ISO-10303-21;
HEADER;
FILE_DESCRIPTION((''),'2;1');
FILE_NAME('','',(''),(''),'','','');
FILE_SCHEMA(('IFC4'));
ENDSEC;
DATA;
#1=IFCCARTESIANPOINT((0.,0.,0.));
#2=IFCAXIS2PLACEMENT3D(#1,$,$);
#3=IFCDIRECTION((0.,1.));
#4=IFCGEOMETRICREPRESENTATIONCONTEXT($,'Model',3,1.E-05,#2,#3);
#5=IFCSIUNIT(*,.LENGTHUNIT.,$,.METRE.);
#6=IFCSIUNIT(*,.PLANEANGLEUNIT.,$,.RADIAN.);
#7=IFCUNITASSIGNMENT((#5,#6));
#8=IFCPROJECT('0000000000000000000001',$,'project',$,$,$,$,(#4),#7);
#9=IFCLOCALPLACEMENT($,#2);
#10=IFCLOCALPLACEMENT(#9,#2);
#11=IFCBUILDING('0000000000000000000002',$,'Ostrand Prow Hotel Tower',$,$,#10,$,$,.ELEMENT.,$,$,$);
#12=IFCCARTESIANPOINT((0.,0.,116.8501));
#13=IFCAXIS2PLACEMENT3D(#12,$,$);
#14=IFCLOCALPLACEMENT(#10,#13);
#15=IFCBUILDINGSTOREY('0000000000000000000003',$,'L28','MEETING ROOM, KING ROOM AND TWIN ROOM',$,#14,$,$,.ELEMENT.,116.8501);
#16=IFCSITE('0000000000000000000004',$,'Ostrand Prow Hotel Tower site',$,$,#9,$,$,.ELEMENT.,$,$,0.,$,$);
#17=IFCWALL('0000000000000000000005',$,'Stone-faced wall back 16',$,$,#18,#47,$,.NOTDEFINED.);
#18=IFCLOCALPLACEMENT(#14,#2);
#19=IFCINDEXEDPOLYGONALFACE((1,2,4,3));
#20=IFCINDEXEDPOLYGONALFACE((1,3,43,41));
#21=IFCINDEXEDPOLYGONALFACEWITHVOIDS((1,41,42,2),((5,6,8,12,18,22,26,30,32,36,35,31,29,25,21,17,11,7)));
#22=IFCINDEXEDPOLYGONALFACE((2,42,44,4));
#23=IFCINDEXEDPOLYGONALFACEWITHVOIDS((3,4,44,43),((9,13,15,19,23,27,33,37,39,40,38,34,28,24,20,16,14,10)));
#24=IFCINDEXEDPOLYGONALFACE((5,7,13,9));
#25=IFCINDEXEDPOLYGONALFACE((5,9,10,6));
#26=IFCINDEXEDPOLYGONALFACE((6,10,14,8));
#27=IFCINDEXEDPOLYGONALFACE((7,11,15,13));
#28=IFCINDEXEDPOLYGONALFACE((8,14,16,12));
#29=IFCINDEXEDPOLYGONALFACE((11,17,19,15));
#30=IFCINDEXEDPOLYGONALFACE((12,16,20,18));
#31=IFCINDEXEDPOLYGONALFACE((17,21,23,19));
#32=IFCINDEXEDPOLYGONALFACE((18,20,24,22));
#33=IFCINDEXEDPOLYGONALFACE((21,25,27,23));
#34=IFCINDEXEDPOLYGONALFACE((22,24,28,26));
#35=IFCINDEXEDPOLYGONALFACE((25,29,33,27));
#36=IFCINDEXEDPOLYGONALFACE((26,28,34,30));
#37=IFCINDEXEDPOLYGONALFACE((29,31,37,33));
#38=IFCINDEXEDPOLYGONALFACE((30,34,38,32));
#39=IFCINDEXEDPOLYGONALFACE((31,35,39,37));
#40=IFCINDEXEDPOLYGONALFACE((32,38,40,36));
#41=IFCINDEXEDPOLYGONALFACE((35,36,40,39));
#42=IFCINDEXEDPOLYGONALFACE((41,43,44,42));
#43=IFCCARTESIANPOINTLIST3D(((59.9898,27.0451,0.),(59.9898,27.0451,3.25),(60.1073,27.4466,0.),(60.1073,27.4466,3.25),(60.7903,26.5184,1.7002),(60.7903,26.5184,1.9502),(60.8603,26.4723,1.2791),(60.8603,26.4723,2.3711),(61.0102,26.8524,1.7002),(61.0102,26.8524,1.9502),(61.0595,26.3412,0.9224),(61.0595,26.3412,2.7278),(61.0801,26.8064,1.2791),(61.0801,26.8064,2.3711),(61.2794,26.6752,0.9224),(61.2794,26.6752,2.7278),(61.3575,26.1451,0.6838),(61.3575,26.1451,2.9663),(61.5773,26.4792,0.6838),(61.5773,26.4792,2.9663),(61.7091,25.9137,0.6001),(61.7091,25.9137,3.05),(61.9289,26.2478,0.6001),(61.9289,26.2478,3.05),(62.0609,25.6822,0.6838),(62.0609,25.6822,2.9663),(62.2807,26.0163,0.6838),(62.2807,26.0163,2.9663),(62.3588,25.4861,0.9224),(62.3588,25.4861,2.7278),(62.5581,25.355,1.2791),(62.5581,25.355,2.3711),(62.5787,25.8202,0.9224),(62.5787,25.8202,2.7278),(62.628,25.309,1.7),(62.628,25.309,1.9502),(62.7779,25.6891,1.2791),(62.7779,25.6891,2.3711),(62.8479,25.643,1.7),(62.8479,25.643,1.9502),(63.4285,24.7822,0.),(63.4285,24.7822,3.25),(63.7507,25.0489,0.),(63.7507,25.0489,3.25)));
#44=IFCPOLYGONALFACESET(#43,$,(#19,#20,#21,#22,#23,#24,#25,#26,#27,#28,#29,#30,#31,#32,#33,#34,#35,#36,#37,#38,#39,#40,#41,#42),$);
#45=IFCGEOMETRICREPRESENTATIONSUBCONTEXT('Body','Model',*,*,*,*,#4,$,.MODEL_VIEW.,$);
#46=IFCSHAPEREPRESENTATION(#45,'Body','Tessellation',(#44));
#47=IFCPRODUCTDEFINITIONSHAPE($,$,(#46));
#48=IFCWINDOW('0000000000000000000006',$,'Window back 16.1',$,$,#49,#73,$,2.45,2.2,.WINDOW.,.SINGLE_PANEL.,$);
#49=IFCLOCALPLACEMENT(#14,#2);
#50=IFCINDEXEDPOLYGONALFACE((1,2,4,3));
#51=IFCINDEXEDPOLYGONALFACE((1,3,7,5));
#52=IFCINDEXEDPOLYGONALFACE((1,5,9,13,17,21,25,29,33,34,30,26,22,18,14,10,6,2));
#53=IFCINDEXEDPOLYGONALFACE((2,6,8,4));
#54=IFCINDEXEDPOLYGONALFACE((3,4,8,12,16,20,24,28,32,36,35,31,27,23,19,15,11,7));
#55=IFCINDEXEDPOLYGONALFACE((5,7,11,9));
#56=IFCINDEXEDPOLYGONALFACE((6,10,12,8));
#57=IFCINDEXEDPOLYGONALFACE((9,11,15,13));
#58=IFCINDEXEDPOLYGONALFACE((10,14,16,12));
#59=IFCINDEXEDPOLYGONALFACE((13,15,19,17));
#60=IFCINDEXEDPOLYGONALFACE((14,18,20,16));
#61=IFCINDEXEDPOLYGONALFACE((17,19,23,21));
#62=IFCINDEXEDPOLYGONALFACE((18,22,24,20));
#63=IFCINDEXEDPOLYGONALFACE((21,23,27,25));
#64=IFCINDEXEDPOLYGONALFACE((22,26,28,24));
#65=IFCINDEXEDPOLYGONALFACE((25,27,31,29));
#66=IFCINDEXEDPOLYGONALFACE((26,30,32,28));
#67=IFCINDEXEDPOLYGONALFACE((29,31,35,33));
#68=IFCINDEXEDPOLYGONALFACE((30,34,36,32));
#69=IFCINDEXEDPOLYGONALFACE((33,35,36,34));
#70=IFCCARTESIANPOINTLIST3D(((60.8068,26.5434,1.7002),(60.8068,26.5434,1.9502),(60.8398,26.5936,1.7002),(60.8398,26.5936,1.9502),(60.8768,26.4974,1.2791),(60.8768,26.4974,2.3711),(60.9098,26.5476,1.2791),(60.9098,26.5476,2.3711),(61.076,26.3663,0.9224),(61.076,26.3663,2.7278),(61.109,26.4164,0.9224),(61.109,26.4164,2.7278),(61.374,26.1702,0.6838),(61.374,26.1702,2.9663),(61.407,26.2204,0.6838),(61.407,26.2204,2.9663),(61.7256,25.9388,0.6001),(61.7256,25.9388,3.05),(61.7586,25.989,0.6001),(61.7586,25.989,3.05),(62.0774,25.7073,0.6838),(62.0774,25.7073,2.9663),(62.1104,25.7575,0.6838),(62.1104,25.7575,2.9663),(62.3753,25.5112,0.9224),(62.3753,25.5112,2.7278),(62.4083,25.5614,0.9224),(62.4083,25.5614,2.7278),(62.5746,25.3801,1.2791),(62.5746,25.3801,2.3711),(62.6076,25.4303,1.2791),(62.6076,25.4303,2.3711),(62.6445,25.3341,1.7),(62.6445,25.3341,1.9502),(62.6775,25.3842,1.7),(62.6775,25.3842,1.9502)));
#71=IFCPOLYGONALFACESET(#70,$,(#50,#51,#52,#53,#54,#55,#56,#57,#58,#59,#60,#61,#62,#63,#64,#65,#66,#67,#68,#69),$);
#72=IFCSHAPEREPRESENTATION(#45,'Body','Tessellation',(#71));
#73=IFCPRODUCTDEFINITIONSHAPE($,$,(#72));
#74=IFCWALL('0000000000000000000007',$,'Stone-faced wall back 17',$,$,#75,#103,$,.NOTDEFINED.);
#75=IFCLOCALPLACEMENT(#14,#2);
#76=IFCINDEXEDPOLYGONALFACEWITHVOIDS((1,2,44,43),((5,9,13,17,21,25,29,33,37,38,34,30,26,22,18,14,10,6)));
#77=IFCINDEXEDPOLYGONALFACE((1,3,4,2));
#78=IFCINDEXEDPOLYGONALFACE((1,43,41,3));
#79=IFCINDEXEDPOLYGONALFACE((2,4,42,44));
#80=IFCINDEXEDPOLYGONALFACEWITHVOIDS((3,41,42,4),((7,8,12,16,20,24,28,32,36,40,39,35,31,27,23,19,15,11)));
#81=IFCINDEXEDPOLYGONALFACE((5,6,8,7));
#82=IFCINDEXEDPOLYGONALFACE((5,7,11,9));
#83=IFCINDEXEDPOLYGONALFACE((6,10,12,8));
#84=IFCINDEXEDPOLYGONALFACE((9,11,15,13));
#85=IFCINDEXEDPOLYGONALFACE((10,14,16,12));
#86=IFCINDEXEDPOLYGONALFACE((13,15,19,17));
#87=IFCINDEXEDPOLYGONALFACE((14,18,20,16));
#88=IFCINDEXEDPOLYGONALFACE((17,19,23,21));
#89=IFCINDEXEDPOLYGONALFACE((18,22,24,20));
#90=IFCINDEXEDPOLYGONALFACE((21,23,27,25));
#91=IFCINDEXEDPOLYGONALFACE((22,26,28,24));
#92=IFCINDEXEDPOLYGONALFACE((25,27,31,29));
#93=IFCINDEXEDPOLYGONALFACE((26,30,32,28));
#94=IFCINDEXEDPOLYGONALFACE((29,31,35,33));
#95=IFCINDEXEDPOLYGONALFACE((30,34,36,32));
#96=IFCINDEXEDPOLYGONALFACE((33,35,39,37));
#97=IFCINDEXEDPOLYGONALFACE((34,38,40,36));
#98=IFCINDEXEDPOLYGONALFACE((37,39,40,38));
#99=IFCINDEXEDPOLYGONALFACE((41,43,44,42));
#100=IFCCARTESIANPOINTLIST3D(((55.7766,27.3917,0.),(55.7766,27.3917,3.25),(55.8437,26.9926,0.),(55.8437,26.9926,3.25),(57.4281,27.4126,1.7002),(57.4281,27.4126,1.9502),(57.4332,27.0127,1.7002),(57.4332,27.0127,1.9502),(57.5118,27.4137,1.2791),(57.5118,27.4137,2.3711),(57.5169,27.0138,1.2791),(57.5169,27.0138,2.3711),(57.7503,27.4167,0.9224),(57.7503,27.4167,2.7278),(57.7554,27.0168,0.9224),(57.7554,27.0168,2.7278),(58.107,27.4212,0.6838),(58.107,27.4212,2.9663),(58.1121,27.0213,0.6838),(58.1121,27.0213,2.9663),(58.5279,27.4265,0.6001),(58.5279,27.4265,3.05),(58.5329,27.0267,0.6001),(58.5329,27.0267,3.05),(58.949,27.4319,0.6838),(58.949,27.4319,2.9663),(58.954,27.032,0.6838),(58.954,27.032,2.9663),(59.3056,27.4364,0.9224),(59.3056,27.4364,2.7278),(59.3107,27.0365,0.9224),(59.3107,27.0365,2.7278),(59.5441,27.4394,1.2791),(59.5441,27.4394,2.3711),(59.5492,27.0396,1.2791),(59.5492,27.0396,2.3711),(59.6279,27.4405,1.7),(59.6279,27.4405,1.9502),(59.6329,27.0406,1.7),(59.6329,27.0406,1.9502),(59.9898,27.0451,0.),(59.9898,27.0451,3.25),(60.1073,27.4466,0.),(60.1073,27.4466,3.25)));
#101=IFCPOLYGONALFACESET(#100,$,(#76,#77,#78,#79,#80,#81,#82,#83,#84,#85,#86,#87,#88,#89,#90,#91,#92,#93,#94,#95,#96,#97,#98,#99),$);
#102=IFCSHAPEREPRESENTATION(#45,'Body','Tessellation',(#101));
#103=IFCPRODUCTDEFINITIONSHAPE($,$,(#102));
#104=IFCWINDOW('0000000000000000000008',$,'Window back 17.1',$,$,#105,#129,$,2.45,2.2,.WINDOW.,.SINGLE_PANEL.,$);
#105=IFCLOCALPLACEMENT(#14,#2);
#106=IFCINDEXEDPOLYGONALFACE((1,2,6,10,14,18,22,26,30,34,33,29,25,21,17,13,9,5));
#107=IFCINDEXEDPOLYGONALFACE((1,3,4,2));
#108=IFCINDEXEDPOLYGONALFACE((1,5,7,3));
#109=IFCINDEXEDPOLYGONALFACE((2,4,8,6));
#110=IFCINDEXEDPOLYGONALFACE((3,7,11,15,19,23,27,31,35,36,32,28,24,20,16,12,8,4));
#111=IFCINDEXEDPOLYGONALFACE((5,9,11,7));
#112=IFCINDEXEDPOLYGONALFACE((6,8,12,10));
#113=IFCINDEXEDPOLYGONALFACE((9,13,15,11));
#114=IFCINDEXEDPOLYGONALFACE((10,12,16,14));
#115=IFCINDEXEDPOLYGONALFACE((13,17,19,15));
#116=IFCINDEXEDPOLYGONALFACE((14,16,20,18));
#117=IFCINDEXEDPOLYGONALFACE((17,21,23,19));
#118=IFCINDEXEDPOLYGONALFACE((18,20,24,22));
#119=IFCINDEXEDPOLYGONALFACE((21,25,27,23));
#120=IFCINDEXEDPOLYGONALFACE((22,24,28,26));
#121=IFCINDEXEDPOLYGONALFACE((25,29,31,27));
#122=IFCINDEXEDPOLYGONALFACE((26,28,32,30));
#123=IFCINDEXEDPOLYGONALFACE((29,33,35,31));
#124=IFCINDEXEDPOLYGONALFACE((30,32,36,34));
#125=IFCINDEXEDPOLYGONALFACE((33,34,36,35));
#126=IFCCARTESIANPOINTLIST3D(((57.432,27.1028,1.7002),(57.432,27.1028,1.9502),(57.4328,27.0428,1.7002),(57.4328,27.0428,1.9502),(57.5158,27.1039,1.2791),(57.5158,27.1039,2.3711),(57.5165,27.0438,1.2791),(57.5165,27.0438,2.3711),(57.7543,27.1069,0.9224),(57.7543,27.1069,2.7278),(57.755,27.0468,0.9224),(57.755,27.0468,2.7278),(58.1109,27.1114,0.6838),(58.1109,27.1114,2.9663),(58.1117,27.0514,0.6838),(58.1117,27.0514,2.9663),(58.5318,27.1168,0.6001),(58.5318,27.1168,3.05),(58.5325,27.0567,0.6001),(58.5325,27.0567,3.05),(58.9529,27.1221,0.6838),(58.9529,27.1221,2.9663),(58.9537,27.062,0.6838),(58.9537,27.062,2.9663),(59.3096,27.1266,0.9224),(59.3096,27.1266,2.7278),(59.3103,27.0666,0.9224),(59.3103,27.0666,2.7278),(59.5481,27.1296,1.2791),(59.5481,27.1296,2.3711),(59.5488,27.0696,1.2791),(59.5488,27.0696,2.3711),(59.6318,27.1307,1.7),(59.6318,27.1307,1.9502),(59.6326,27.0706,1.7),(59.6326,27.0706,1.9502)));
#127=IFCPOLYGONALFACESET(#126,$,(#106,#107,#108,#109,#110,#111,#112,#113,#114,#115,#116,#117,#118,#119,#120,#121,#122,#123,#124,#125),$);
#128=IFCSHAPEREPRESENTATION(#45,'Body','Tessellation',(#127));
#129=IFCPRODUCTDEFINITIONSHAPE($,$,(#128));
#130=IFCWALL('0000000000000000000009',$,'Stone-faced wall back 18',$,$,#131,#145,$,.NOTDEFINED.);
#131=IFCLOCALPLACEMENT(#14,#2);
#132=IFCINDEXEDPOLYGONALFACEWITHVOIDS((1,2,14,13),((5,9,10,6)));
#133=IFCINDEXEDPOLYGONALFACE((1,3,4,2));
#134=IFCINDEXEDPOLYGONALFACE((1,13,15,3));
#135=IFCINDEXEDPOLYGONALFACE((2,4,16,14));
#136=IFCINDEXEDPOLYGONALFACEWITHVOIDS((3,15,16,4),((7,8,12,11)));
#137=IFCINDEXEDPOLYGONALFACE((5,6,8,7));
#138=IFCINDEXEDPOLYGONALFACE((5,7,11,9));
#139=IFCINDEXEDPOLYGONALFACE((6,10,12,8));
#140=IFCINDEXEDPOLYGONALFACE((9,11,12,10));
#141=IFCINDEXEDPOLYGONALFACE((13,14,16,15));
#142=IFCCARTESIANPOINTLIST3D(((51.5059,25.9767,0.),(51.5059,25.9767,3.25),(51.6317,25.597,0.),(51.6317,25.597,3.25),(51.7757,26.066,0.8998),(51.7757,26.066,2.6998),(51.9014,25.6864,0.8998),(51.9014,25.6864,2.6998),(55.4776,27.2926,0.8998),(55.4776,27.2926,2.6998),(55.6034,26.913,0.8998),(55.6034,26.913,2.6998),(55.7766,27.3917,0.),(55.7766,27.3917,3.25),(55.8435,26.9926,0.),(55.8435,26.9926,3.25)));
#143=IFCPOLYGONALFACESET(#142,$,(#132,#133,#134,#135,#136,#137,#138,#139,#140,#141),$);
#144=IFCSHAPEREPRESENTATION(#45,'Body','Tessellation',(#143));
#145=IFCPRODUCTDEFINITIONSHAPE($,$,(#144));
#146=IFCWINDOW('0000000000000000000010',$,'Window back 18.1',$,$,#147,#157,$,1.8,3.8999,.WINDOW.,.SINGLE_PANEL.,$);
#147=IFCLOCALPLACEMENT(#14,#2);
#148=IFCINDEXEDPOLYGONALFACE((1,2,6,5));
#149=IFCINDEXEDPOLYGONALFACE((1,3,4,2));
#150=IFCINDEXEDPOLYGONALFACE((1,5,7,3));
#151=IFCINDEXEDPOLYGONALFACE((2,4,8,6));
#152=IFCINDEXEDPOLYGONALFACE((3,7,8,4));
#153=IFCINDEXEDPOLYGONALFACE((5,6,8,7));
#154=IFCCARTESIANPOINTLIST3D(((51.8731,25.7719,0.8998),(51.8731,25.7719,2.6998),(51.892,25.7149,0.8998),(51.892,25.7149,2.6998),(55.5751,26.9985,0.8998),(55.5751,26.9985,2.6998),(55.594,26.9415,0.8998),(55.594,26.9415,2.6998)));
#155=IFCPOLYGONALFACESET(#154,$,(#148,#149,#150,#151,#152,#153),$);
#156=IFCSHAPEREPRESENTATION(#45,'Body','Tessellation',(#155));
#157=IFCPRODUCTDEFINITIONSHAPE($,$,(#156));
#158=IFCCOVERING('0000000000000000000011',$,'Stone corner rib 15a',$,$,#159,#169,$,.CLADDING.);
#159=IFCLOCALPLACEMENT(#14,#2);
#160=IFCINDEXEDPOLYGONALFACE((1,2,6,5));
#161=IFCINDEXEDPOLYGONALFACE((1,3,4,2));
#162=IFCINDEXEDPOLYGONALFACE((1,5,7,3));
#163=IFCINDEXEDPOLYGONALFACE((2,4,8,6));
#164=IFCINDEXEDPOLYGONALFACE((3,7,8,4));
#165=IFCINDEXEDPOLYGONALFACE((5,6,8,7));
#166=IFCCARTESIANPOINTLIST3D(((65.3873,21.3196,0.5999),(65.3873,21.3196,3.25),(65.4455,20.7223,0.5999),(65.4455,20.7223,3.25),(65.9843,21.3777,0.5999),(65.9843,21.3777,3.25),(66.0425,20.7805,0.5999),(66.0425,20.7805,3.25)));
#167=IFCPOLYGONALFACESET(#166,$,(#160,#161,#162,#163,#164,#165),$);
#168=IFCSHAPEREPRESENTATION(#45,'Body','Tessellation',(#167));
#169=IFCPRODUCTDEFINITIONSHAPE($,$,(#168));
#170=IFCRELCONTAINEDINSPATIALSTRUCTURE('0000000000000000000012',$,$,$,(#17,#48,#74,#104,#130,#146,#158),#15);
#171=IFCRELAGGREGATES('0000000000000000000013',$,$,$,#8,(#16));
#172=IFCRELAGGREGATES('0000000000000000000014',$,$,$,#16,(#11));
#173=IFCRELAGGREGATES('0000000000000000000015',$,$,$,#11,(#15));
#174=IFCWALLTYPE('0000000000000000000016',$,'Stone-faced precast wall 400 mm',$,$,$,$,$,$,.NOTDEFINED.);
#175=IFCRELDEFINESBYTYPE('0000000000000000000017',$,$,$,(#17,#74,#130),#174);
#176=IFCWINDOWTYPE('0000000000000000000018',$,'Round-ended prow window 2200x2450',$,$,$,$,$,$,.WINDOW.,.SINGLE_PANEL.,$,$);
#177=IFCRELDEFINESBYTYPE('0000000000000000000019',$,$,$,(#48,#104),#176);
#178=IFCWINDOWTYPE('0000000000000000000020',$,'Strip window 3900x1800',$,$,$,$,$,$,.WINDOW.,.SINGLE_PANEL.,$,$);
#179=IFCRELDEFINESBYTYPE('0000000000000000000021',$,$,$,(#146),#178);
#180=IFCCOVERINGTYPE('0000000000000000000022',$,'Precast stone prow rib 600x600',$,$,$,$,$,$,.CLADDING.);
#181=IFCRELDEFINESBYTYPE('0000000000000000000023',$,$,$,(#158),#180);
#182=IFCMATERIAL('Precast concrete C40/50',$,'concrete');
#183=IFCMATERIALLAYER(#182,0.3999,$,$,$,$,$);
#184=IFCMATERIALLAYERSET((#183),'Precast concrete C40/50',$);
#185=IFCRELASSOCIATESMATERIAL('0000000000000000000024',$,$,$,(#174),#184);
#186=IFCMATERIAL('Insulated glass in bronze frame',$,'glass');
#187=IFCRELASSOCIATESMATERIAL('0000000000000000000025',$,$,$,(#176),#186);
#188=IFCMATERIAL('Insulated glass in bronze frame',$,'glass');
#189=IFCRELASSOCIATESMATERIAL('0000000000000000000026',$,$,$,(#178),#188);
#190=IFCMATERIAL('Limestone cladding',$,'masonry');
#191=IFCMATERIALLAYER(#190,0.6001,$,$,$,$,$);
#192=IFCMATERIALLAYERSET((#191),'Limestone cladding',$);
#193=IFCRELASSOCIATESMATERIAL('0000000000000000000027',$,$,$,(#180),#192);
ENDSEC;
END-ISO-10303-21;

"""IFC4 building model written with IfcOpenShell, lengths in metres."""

from ifc_helpers import new_model, si_unit, direction, frame, frame_2d, origin, place, context, subcontext, project, spatial, polyline, rectangle, outline, extrude, material, layer, layer_set, type_object, element, fill, save


model = new_model("IFC4")

# Units and contexts
model_context = context("Model", 3, precision=1e-05, world=origin(), true_north=direction((0.0, 1.0)))
body_context = subcontext(model_context, "Body", "Model", "MODEL_VIEW")
ifc_project = project(units=[si_unit("LENGTHUNIT", "METRE"), si_unit("PLANEANGLEUNIT", "RADIAN")], contexts=[model_context])

# Site, building, storey
site_placement = place(None, origin())
site = spatial("IfcSite", under=ifc_project, at=site_placement, Name="Ostrand Prow Hotel Tower site", CompositionType="ELEMENT", RefElevation=0.0)
building_placement = place(site_placement, origin())
building = spatial("IfcBuilding", under=site, at=building_placement, Name="Ostrand Prow Hotel Tower", CompositionType="ELEMENT")
storey_placement = place(building_placement, frame((0.0, 0.0, 116.8501)))
storey = spatial("IfcBuildingStorey", under=building, at=storey_placement, Name="L28", Description="MEETING ROOM, KING ROOM AND TWIN ROOM", CompositionType="ELEMENT", Elevation=116.8501)

# Shared definitions
ifc_material_1 = material(Name="Precast concrete C40/50", Category="concrete")
ifc_layer_1 = layer(ifc_material_1, 0.3999)
ifc_layer_set_1 = layer_set([ifc_layer_1], Name="Precast concrete C40/50")
wall_type_1 = type_object("IfcWallType", Name="Stone-faced precast wall 400 mm", PredefinedType="NOTDEFINED", material=ifc_layer_set_1)

# Walls, openings, windows
wall_1_placement = place(storey_placement, frame((63.5896, 24.9155, 0.0), z_axis=(0.0, 0.0, 1.0), x_axis=(-0.835341, 0.549733, 0.0)))
wall_1 = element("IfcWall", 1, at=wall_1_placement, inside=storey, type_object=wall_type_1, Name="Stone-faced wall back 16", PredefinedType="NOTDEFINED", context=body_context, shape_type="SweptSolid", body=[
    extrude(outline(polyline([(-0.0613, -0.2), (4.3003, -0.2), (4.1777, 0.2), (0.0613, 0.2), (-0.0613, -0.2)])), origin(), (0.0, 0.0, 1.0), 3.25),
])
opening_1_placement = place(wall_1_placement, frame((1.0195, 0.0, 0.6001)))
opening_1 = element("IfcOpeningElement", 2, at=opening_1_placement, cuts=wall_1, PredefinedType="OPENING", context=body_context, shape_type="SweptSolid", body=[
    extrude(outline(polyline([(0.0, 1.3501), (0.0837, 1.771), (0.3223, 2.1277), (0.679, 2.3662), (1.1001, 2.45), (1.521, 2.3662), (1.8777, 2.1277), (2.1162, 1.771), (2.2, 1.3501), (2.2, 1.1001), (2.1162, 0.679), (1.8777, 0.3223), (1.521, 0.0837), (1.1001, 0.0), (0.679, 0.0837), (0.3223, 0.3223), (0.0837, 0.679), (0.0, 1.0999), (0.0, 1.3501)])), frame((0.0, 0.21, 0.0), z_axis=(0.0, -1.0, 0.0), x_axis=(1.0, 0.0, 0.0)), (0.0, 0.0, 1.0), 0.4199),
])
ifc_material_2 = material(Name="Insulated glass in bronze frame", Category="glass")
window_type_1 = type_object("IfcWindowType", Name="Round-ended prow window 2200x2450", PartitioningType="SINGLE_PANEL", PredefinedType="WINDOW", material=ifc_material_2)
window_1_placement = place(opening_1_placement, origin())
window_1 = element("IfcWindow", 3, at=window_1_placement, inside=storey, type_object=window_type_1, Name="Window back 16.1", OverallHeight=2.45, OverallWidth=2.2, PartitioningType="SINGLE_PANEL", PredefinedType="WINDOW", context=body_context, shape_type="SweptSolid", body=[
    extrude(outline(polyline([(0.0, 1.3501), (0.0837, 1.771), (0.3223, 2.1277), (0.679, 2.3662), (1.1001, 2.45), (1.521, 2.3662), (1.8777, 2.1277), (2.1162, 1.771), (2.2, 1.3501), (2.2, 1.1001), (2.1162, 0.679), (1.8777, 0.3223), (1.521, 0.0837), (1.1001, 0.0), (0.679, 0.0837), (0.3223, 0.3223), (0.0837, 0.679), (0.0, 1.0999), (0.0, 1.3501)])), frame((0.0, 0.1699, 0.0), z_axis=(0.0, -1.0, 0.0), x_axis=(1.0, 0.0, 0.0)), (0.0, 0.0, 1.0), 0.0601),
])
fill(opening_1, window_1)
wall_2_placement = place(storey_placement, frame((60.0486, 27.2458, 0.0), z_axis=(0.0, 0.0, 1.0), x_axis=(-0.99992, -0.012671, 0.0)))
wall_2 = element("IfcWall", 4, at=wall_2_placement, inside=storey, type_object=wall_type_1, Name="Stone-faced wall back 17", PredefinedType="NOTDEFINED", context=body_context, shape_type="SweptSolid", body=[
    extrude(outline(polyline([(-0.0613, -0.2), (4.2698, -0.2), (4.2078, 0.2), (0.0613, 0.2), (-0.0613, -0.2)])), origin(), (0.0, 0.0, 1.0), 3.25),
])
opening_2_placement = place(wall_2_placement, frame((0.4182, 0.0, 0.6001)))
opening_2 = element("IfcOpeningElement", 5, at=opening_2_placement, cuts=wall_2, PredefinedType="OPENING", context=body_context, shape_type="SweptSolid", body=[
    extrude(outline(polyline([(0.0, 1.3501), (0.0837, 1.771), (0.3223, 2.1277), (0.679, 2.3662), (1.1001, 2.45), (1.521, 2.3662), (1.8777, 2.1277), (2.1162, 1.771), (2.2, 1.3501), (2.2, 1.1001), (2.1162, 0.679), (1.8777, 0.3223), (1.521, 0.0837), (1.1001, 0.0), (0.679, 0.0837), (0.3223, 0.3223), (0.0837, 0.679), (0.0, 1.0999), (0.0, 1.3501)])), frame((0.0, 0.21, 0.0), z_axis=(0.0, -1.0, 0.0), x_axis=(1.0, 0.0, 0.0)), (0.0, 0.0, 1.0), 0.4199),
])
window_2_placement = place(opening_2_placement, origin())
window_2 = element("IfcWindow", 6, at=window_2_placement, inside=storey, type_object=window_type_1, Name="Window back 17.1", OverallHeight=2.45, OverallWidth=2.2, PartitioningType="SINGLE_PANEL", PredefinedType="WINDOW", context=body_context, shape_type="SweptSolid", body=[
    extrude(outline(polyline([(0.0, 1.3501), (0.0837, 1.771), (0.3223, 2.1277), (0.679, 2.3662), (1.1001, 2.45), (1.521, 2.3662), (1.8777, 2.1277), (2.1162, 1.771), (2.2, 1.3501), (2.2, 1.1001), (2.1162, 0.679), (1.8777, 0.3223), (1.521, 0.0837), (1.1001, 0.0), (0.679, 0.0837), (0.3223, 0.3223), (0.0837, 0.679), (0.0, 1.0999), (0.0, 1.3501)])), frame((0.0, 0.1699, 0.0), z_axis=(0.0, -1.0, 0.0), x_axis=(1.0, 0.0, 0.0)), (0.0, 0.0, 1.0), 0.0601),
])
fill(opening_2, window_2)
wall_3_placement = place(storey_placement, frame((55.8101, 27.1921, 0.0), z_axis=(0.0, 0.0, 1.0), x_axis=(-0.94925, -0.314522, 0.0)))
wall_3 = element("IfcWall", 7, at=wall_3_placement, inside=storey, type_object=wall_type_1, Name="Stone-faced wall back 18", PredefinedType="NOTDEFINED", context=body_context, shape_type="SweptSolid", body=[
    extrude(outline(polyline([(-0.031, -0.2), (4.468, -0.2), (4.468, 0.2), (0.031, 0.2), (-0.031, -0.2)])), origin(), (0.0, 0.0, 1.0), 3.25),
])
opening_3_placement = place(wall_3_placement, frame((0.2839, 0.0, 0.8999)))
opening_3 = element("IfcOpeningElement", 8, at=opening_3_placement, cuts=wall_3, PredefinedType="OPENING", context=body_context, shape_type="SweptSolid", body=[
    extrude(rectangle(XDim=3.8999, YDim=1.8, at=frame_2d((1.95, 0.8999))), frame((0.0, 0.21, 0.0), z_axis=(0.0, -1.0, 0.0), x_axis=(1.0, 0.0, 0.0)), (0.0, 0.0, 1.0), 0.4199),
])
ifc_material_3 = material(Name="Insulated glass in bronze frame", Category="glass")
window_type_2 = type_object("IfcWindowType", Name="Strip window 3900x1800", PartitioningType="SINGLE_PANEL", PredefinedType="WINDOW", material=ifc_material_3)
window_3_placement = place(opening_3_placement, origin())
window_3 = element("IfcWindow", 9, at=window_3_placement, inside=storey, type_object=window_type_2, Name="Window back 18.1", OverallHeight=1.8, OverallWidth=3.8999, PartitioningType="SINGLE_PANEL", PredefinedType="WINDOW", context=body_context, shape_type="SweptSolid", body=[
    extrude(rectangle(XDim=3.8999, YDim=1.8, at=frame_2d((1.95, 0.8999))), frame((0.0, 0.1699, 0.0), z_axis=(0.0, -1.0, 0.0), x_axis=(1.0, 0.0, 0.0)), (0.0, 0.0, 1.0), 0.0601),
])
fill(opening_3, window_3)

# Covering
ifc_material_4 = material(Name="Limestone cladding", Category="masonry")
ifc_layer_2 = layer(ifc_material_4, 0.6001)
ifc_layer_set_2 = layer_set([ifc_layer_2], Name="Limestone cladding")
covering_type = type_object("IfcCoveringType", Name="Precast stone prow rib 600x600", PredefinedType="CLADDING", material=ifc_layer_set_2)
for number, where, z_axis, x_axis, name in (
    (10, (65.4165, 21.021, 0.5999), (0.0, 0.0, 1.0), (0.995296, 0.096884, 0.0), "Stone corner rib 15a"),
):
    element("IfcCovering", number, at=place(storey_placement, frame(where, z_axis=z_axis, x_axis=x_axis)), inside=storey, type_object=covering_type, Name=name, PredefinedType="CLADDING", context=body_context, shape_type="SweptSolid", body=[
        extrude(rectangle(XDim=0.5999, YDim=0.6001, at=frame_2d((0.2998, 0.0))), origin(), (0.0, 0.0, 1.0), 2.6501),
    ])

save(model, "model.ifc")
